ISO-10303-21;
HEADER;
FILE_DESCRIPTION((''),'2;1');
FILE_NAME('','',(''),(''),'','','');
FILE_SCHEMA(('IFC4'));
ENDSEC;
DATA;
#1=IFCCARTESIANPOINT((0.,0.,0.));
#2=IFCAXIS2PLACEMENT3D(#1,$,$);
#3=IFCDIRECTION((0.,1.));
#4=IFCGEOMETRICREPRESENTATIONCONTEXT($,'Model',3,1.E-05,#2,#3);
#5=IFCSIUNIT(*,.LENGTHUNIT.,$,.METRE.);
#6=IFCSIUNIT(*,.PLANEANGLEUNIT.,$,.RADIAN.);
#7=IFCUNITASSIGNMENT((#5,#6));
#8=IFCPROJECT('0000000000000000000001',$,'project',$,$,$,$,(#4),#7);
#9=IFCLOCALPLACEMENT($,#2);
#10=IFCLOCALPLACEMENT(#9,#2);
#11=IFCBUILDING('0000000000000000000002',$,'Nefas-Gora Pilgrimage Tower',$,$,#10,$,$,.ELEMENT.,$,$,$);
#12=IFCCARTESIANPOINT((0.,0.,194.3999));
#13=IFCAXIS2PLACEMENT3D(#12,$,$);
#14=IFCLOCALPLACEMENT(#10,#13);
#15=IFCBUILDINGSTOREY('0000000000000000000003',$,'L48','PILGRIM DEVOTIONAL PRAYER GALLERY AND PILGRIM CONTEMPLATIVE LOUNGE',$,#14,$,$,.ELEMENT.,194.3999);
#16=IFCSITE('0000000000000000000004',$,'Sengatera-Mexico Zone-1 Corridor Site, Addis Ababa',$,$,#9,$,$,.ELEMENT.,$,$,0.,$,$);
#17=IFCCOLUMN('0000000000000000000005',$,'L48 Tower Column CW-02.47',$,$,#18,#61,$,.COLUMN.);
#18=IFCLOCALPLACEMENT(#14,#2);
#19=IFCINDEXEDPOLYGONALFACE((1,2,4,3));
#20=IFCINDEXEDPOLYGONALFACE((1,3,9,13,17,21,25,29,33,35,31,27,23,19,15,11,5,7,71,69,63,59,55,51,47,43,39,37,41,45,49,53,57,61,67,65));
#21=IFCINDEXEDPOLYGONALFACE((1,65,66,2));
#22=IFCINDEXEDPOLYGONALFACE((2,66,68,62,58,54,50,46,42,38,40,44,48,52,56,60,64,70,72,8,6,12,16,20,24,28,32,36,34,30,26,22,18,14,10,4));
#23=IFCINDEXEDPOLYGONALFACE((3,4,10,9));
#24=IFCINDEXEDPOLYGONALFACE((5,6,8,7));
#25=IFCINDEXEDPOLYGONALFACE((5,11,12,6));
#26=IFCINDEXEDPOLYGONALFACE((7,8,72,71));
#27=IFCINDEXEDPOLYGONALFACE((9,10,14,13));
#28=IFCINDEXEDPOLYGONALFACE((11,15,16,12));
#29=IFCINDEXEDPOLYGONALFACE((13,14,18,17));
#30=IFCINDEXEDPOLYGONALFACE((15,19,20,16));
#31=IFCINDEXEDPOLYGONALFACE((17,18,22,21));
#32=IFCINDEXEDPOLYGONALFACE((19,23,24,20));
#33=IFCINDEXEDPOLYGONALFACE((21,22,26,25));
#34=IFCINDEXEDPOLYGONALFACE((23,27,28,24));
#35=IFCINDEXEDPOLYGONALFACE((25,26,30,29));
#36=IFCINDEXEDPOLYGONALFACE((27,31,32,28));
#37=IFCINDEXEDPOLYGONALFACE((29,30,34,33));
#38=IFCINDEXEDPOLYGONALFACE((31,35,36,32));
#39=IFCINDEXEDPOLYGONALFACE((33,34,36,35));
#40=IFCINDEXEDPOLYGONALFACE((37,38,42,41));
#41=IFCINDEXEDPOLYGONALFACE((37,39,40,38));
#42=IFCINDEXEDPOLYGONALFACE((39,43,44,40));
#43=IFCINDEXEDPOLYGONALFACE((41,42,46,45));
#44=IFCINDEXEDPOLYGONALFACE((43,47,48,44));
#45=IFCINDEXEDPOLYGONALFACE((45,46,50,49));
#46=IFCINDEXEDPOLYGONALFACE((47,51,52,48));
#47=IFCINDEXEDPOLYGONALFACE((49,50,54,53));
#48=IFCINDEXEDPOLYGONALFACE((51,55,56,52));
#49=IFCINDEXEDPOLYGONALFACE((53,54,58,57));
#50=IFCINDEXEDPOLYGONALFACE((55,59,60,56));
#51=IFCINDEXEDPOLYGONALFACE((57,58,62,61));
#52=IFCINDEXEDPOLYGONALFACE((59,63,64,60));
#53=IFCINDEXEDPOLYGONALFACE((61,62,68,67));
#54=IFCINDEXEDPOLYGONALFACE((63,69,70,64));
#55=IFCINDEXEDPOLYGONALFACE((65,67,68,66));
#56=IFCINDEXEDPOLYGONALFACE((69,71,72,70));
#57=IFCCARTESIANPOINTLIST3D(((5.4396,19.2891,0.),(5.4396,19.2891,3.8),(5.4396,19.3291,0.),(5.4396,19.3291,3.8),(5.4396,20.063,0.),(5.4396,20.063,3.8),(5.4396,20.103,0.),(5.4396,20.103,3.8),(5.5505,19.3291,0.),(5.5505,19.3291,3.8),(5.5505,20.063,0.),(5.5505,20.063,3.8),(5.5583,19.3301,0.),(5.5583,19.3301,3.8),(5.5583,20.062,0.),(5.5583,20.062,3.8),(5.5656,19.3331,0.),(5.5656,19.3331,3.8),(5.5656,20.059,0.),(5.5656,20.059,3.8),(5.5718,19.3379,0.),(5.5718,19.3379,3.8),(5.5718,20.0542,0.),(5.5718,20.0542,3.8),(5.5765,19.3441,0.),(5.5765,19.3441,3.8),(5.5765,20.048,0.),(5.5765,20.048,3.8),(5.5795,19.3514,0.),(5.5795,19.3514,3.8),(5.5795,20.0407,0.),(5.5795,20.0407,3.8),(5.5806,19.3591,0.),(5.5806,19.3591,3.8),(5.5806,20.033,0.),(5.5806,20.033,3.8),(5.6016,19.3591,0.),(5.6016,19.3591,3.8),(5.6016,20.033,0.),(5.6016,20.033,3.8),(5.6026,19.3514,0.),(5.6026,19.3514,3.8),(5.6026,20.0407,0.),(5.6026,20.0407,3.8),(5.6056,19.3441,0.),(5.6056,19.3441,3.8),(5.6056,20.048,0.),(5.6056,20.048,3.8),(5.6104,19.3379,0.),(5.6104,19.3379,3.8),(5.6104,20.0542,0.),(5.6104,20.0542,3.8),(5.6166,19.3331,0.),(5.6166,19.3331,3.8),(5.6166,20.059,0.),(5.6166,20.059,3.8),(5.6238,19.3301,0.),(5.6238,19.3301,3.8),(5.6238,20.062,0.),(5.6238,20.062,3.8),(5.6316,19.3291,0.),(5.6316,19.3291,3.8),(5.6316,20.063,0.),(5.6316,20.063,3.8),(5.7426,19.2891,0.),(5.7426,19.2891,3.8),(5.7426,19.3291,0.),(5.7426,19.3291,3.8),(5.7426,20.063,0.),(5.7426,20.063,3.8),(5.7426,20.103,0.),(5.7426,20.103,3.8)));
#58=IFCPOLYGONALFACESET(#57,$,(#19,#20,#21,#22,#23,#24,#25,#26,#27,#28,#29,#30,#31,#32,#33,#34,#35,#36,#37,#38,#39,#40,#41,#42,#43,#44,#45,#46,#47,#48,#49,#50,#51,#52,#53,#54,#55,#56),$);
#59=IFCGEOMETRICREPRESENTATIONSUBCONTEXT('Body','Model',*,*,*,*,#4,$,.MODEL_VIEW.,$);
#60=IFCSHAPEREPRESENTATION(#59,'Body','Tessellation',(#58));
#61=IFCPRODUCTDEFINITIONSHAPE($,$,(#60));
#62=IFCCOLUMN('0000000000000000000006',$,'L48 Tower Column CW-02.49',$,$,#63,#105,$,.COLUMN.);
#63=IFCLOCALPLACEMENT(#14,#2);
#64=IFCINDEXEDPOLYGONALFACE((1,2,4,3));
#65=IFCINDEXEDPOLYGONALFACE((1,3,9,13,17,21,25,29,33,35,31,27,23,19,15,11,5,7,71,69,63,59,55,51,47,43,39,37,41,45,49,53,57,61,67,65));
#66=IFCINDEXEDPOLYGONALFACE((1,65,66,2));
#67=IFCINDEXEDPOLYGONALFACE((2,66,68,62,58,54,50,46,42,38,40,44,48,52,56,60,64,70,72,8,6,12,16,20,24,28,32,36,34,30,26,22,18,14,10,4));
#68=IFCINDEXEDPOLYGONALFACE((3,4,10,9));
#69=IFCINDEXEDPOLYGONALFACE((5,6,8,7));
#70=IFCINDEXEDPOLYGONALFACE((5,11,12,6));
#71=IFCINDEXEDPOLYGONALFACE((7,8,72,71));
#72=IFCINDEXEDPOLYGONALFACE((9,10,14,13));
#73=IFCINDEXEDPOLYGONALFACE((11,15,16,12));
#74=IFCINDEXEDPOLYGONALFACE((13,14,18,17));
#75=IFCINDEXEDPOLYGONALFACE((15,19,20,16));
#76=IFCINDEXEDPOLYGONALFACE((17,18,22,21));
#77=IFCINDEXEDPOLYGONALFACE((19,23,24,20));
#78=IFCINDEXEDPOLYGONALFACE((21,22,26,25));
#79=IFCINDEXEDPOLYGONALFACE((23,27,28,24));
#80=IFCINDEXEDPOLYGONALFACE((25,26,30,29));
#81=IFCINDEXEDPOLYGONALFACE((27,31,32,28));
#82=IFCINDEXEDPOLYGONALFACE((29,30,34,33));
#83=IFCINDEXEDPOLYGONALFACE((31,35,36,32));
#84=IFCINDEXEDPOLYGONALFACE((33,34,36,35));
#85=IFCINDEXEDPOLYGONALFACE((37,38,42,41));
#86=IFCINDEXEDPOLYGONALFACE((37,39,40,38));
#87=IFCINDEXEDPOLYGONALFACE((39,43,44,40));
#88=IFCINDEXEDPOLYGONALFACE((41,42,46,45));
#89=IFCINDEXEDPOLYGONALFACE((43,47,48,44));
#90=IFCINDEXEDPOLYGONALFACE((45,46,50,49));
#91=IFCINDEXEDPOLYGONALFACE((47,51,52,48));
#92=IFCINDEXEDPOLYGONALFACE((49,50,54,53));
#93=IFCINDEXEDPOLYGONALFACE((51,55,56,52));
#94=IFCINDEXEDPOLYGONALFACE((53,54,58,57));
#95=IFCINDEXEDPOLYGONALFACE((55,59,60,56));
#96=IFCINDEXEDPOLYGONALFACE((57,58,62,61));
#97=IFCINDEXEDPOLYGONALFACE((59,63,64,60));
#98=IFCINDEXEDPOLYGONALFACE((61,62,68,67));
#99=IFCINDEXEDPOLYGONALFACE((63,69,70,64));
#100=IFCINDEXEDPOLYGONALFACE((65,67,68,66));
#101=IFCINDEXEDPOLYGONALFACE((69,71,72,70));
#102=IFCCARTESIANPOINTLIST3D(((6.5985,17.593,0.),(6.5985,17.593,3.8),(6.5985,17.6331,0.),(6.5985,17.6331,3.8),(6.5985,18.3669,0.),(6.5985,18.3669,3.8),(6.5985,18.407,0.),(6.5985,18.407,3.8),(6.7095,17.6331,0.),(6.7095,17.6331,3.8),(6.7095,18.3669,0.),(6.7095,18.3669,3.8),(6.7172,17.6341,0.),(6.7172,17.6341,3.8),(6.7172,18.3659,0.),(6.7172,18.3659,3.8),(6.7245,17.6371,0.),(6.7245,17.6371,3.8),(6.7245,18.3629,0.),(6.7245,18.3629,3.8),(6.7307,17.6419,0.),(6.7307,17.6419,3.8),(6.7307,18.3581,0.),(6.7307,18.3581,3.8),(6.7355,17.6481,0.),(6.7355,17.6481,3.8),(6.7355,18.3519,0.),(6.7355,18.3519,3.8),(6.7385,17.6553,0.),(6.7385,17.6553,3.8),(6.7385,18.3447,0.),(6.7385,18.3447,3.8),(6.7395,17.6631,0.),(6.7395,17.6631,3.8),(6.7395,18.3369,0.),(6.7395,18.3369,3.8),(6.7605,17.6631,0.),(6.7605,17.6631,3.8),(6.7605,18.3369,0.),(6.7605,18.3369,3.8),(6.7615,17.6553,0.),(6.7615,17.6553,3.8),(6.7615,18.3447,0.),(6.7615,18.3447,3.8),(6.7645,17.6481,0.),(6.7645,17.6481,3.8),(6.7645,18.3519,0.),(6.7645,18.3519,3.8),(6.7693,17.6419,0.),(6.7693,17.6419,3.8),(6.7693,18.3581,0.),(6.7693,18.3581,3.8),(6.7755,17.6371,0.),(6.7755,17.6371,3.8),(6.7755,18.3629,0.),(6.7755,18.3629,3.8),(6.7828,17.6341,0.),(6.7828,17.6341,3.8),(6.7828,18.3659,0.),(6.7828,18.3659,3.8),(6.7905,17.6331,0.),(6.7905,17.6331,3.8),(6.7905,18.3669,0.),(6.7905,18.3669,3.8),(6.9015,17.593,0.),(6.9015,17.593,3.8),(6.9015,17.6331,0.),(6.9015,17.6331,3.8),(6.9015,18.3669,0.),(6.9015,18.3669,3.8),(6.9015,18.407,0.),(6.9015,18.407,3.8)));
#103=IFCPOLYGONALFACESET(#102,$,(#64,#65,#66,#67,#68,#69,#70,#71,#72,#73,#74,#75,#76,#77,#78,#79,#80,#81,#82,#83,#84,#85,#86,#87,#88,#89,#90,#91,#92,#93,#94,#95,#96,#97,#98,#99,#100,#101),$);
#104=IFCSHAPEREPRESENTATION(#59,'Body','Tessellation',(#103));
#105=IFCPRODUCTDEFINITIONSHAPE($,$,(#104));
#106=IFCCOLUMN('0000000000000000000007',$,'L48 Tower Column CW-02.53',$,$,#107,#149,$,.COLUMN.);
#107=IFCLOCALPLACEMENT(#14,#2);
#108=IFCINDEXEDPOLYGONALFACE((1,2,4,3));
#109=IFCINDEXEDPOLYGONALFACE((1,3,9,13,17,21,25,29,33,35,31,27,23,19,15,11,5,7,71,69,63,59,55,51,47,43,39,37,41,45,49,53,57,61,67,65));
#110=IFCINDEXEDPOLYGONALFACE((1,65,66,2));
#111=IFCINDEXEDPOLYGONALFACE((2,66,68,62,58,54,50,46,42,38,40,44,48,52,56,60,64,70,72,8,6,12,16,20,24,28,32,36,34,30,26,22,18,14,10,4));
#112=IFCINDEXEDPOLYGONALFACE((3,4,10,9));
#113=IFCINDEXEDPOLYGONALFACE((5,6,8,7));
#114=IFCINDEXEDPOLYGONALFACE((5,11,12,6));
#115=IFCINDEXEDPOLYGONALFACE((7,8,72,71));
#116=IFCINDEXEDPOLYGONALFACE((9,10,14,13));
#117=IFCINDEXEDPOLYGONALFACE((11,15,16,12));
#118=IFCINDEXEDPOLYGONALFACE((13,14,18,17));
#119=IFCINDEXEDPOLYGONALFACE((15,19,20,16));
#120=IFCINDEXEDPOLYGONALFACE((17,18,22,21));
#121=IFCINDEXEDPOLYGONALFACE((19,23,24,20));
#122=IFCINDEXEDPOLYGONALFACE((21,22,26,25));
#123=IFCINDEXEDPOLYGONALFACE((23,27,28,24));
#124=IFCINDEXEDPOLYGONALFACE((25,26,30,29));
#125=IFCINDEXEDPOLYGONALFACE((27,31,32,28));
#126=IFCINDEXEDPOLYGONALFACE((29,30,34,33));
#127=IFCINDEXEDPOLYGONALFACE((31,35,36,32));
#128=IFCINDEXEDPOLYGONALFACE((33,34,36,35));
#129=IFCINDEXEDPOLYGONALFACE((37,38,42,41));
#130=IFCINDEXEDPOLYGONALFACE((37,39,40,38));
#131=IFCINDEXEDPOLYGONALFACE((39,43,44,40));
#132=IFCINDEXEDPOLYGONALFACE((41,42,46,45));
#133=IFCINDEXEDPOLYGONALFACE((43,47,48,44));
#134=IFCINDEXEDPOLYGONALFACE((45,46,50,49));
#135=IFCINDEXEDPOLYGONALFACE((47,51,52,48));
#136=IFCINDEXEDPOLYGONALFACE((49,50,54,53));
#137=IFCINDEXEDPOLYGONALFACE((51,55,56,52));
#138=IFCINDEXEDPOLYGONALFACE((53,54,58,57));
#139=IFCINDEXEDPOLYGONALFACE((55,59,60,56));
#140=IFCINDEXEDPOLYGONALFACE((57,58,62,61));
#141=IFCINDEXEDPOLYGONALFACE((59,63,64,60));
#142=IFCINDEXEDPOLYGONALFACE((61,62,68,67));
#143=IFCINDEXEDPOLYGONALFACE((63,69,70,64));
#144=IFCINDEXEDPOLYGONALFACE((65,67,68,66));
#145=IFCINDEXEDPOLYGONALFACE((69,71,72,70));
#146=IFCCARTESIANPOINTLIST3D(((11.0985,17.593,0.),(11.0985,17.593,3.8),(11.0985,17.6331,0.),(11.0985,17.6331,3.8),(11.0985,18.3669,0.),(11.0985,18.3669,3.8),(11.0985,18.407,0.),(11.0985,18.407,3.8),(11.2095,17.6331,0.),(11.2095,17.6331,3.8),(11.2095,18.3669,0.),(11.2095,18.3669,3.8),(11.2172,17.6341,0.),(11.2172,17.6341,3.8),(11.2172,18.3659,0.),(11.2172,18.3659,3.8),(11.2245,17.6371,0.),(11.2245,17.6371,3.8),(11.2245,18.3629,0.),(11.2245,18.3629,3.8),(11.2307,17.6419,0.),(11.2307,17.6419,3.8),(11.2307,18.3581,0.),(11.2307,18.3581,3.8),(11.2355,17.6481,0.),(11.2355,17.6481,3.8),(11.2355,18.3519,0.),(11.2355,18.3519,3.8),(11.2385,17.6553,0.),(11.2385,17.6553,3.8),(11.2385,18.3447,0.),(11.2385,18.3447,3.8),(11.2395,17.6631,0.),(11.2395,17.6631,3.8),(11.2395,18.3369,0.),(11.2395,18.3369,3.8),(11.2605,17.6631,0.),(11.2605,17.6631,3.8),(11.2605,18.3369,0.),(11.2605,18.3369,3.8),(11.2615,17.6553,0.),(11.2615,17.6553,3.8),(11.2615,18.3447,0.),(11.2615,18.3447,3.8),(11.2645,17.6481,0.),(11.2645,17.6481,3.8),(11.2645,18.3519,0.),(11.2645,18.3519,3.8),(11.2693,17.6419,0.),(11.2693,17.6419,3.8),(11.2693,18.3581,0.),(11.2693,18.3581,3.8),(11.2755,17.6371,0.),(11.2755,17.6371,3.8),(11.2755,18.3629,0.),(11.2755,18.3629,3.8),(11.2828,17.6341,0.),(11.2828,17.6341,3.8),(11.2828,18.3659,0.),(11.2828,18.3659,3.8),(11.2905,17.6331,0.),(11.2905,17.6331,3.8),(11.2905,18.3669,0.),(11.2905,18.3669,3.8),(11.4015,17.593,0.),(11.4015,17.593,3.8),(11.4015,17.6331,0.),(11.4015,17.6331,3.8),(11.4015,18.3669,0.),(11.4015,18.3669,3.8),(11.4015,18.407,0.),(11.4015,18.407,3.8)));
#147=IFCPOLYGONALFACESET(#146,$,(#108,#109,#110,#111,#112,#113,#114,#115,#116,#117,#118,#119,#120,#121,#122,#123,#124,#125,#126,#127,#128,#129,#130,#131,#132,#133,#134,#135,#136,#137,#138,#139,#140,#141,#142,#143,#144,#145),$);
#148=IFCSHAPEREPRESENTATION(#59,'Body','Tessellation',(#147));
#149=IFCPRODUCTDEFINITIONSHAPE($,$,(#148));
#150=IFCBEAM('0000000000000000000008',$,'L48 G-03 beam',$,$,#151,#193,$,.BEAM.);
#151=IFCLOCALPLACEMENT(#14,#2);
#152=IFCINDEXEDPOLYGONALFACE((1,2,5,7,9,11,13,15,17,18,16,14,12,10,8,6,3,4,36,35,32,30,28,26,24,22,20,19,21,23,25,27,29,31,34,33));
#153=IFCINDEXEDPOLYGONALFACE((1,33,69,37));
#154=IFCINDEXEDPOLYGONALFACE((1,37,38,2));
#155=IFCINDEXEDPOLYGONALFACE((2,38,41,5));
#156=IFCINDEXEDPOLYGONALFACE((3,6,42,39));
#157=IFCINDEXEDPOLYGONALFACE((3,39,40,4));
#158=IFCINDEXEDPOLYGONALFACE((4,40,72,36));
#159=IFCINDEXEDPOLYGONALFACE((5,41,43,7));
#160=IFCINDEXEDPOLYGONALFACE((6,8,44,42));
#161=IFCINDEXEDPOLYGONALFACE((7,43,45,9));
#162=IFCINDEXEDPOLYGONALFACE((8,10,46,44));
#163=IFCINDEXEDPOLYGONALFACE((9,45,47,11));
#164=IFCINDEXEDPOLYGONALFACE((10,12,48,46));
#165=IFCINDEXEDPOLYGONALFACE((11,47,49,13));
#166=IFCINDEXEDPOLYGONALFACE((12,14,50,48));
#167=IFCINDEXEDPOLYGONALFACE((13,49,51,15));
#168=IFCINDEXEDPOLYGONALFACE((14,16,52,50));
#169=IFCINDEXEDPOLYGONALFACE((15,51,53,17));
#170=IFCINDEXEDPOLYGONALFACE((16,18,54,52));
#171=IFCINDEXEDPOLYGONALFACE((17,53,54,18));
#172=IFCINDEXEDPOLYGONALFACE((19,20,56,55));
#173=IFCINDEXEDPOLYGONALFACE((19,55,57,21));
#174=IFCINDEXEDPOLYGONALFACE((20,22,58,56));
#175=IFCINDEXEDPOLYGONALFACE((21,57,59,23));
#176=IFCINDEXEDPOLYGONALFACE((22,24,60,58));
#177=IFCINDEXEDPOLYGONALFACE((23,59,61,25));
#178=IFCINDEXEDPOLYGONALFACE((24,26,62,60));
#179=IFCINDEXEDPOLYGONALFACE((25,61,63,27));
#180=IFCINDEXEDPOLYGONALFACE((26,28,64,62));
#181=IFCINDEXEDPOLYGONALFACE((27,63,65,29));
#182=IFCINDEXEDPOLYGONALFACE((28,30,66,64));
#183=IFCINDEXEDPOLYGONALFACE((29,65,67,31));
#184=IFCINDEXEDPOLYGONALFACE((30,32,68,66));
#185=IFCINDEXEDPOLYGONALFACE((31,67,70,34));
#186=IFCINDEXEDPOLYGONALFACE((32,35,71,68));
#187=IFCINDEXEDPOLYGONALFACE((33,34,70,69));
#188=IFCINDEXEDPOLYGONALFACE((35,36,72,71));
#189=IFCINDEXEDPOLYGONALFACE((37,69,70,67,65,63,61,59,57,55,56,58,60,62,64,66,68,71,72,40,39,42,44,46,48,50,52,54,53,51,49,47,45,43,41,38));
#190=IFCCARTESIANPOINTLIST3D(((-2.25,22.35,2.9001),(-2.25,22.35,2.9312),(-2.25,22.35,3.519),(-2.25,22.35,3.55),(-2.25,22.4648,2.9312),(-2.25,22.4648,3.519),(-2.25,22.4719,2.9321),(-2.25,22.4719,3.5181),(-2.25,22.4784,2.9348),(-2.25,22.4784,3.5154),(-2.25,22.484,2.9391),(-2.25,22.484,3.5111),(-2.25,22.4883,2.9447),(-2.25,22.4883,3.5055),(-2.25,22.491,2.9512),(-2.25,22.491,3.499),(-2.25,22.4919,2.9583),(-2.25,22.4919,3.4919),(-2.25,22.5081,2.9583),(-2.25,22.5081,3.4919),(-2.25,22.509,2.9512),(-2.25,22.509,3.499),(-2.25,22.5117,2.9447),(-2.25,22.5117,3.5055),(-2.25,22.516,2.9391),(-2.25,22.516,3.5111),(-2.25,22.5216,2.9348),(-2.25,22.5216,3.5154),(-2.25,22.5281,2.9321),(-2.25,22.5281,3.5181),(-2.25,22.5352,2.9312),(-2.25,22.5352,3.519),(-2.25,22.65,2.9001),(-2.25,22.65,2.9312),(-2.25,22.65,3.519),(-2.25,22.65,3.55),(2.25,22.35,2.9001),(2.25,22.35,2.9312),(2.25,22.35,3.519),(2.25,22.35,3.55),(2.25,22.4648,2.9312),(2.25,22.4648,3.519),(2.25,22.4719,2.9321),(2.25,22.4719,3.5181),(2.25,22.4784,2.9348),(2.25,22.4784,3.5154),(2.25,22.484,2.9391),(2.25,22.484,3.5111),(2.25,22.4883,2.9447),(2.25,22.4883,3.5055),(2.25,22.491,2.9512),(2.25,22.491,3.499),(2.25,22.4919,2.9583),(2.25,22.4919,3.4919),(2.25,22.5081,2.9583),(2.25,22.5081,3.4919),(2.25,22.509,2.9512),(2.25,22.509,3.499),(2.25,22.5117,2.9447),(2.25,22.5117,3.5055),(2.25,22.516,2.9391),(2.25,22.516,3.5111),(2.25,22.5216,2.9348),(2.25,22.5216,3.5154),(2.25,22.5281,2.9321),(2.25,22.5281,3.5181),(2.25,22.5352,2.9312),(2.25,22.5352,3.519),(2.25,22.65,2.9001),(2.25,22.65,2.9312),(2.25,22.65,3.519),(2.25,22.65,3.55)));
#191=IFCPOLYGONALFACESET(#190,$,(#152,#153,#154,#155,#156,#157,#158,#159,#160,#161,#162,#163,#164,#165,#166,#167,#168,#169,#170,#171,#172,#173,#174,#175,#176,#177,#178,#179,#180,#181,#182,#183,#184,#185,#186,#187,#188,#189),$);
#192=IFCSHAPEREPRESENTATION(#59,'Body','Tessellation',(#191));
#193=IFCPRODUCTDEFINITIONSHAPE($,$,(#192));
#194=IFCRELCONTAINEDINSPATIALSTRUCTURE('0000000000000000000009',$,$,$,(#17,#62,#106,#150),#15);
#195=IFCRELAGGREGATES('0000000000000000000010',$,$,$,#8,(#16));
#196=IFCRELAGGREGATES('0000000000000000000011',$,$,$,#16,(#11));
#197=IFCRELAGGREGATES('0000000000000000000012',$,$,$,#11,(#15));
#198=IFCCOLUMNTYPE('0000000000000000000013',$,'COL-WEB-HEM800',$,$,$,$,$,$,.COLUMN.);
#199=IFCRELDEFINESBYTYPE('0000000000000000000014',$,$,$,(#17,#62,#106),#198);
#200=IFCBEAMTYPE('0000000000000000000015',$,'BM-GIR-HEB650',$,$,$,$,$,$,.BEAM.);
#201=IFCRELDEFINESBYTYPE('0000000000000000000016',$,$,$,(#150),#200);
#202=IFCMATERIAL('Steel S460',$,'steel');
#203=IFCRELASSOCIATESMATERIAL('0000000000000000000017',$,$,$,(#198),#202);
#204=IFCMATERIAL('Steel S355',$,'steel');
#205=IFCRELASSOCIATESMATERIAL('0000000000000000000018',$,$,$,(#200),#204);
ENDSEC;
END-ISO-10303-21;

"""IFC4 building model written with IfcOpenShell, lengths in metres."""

from ifc_helpers import new_model, si_unit, direction, frame, origin, origin_2d, place, context, subcontext, project, spatial, i_section, extrude, source, transform, mapped, material, material_profile, profile_set, type_object, element, save


model = new_model("IFC4")

# Units and contexts
model_context = context("Model", 3, precision=1e-05, world=origin(), true_north=direction((0.0, 1.0)))
body_context = subcontext(model_context, "Body", "Model", "MODEL_VIEW")
ifc_project = project(units=[si_unit("LENGTHUNIT", "METRE"), si_unit("PLANEANGLEUNIT", "RADIAN")], contexts=[model_context])

# Site, building, storey
site_placement = place(None, origin())
site = spatial("IfcSite", under=ifc_project, at=site_placement, Name="Sengatera-Mexico Zone-1 Corridor Site, Addis Ababa", CompositionType="ELEMENT", RefElevation=0.0)
building_placement = place(site_placement, origin())
building = spatial("IfcBuilding", under=site, at=building_placement, Name="Nefas-Gora Pilgrimage Tower", CompositionType="ELEMENT")
storey_placement = place(building_placement, frame((0.0, 0.0, 194.3999)))
storey = spatial("IfcBuildingStorey", under=building, at=storey_placement, Name="L48", Description="PILGRIM DEVOTIONAL PRAYER GALLERY AND PILGRIM CONTEMPLATIVE LOUNGE", CompositionType="ELEMENT", Elevation=194.3999)

# Columns
ifc_material_1 = material(Name="Steel S460", Category="steel")
ifc_material_profile_1 = material_profile(ifc_material_1, i_section(OverallWidth=0.303, OverallDepth=0.814, WebThickness=0.021, FlangeThickness=0.04, FilletRadius=0.03, at=origin_2d()), Name="HEM 800")
ifc_profile_set_1 = profile_set([ifc_material_profile_1], Name="Steel S460")
column_type_1 = type_object("IfcColumnType", Name="COL-WEB-HEM800", PredefinedType="COLUMN", material=ifc_profile_set_1)
shared_shape_1 = source(origin(), body_context, "Body", "SweptSolid", [
    extrude(i_section(OverallWidth=0.303, OverallDepth=0.814, WebThickness=0.021, FlangeThickness=0.04, FilletRadius=0.03, at=origin_2d()), origin(), (0.0, 0.0, 1.0), 3.8),
])
for number, where, z_axis, x_axis, name in (
    (1, (5.5911, 19.696, 0.0), (0.0, 0.0, 1.0), (1.0, 0.0, 0.0), "L48 Tower Column CW-02.47"),
    (2, (6.75, 18.0, 0.0), (0.0, 0.0, 1.0), (1.0, 0.0, 0.0), "L48 Tower Column CW-02.49"),
    (3, (11.25, 18.0, 0.0), (0.0, 0.0, 1.0), (1.0, 0.0, 0.0), "L48 Tower Column CW-02.53"),
):
    element("IfcColumn", number, at=place(storey_placement, frame(where, z_axis=z_axis, x_axis=x_axis)), inside=storey, type_object=column_type_1, Name=name, PredefinedType="COLUMN", context=body_context, shape_type="MappedRepresentation", body=[
        mapped(shared_shape_1, transform((0.0, 0.0, 0.0), x_axis=(1.0, 0.0, 0.0), y_axis=(0.0, 1.0, 0.0), z_axis=(0.0, 0.0, 1.0), scale=1.0)),
    ])

# Beam
ifc_material_2 = material(Name="Steel S355", Category="steel")
ifc_material_profile_2 = material_profile(ifc_material_2, i_section(OverallWidth=0.3, OverallDepth=0.6499, WebThickness=0.0161, FlangeThickness=0.031, FilletRadius=0.0271, at=origin_2d()), Name="HEB 650")
ifc_profile_set_2 = profile_set([ifc_material_profile_2], Name="Steel S355")
beam_type_1 = type_object("IfcBeamType", Name="BM-GIR-HEB650", PredefinedType="BEAM", material=ifc_profile_set_2)
shared_shape_2 = source(origin(), body_context, "Body", "SweptSolid", [
    extrude(i_section(OverallWidth=0.3, OverallDepth=0.6499, WebThickness=0.0161, FlangeThickness=0.031, FilletRadius=0.0271, at=origin_2d()), origin(), (0.0, 0.0, 1.0), 4.5),
])
for number, where, z_axis, x_axis, name in (
    (4, (-2.25, 22.5, 3.2251), (1.0, 0.0, 0.0), (0.0, 1.0, 0.0), "L48 G-03 beam"),
):
    element("IfcBeam", number, at=place(storey_placement, frame(where, z_axis=z_axis, x_axis=x_axis)), inside=storey, type_object=beam_type_1, Name=name, PredefinedType="BEAM", context=body_context, shape_type="MappedRepresentation", body=[
        mapped(shared_shape_2, transform((0.0, 0.0, 0.0), x_axis=(1.0, 0.0, 0.0), y_axis=(0.0, 1.0, 0.0), z_axis=(0.0, 0.0, 1.0), scale=1.0)),
    ])

save(model, "model.ifc")
